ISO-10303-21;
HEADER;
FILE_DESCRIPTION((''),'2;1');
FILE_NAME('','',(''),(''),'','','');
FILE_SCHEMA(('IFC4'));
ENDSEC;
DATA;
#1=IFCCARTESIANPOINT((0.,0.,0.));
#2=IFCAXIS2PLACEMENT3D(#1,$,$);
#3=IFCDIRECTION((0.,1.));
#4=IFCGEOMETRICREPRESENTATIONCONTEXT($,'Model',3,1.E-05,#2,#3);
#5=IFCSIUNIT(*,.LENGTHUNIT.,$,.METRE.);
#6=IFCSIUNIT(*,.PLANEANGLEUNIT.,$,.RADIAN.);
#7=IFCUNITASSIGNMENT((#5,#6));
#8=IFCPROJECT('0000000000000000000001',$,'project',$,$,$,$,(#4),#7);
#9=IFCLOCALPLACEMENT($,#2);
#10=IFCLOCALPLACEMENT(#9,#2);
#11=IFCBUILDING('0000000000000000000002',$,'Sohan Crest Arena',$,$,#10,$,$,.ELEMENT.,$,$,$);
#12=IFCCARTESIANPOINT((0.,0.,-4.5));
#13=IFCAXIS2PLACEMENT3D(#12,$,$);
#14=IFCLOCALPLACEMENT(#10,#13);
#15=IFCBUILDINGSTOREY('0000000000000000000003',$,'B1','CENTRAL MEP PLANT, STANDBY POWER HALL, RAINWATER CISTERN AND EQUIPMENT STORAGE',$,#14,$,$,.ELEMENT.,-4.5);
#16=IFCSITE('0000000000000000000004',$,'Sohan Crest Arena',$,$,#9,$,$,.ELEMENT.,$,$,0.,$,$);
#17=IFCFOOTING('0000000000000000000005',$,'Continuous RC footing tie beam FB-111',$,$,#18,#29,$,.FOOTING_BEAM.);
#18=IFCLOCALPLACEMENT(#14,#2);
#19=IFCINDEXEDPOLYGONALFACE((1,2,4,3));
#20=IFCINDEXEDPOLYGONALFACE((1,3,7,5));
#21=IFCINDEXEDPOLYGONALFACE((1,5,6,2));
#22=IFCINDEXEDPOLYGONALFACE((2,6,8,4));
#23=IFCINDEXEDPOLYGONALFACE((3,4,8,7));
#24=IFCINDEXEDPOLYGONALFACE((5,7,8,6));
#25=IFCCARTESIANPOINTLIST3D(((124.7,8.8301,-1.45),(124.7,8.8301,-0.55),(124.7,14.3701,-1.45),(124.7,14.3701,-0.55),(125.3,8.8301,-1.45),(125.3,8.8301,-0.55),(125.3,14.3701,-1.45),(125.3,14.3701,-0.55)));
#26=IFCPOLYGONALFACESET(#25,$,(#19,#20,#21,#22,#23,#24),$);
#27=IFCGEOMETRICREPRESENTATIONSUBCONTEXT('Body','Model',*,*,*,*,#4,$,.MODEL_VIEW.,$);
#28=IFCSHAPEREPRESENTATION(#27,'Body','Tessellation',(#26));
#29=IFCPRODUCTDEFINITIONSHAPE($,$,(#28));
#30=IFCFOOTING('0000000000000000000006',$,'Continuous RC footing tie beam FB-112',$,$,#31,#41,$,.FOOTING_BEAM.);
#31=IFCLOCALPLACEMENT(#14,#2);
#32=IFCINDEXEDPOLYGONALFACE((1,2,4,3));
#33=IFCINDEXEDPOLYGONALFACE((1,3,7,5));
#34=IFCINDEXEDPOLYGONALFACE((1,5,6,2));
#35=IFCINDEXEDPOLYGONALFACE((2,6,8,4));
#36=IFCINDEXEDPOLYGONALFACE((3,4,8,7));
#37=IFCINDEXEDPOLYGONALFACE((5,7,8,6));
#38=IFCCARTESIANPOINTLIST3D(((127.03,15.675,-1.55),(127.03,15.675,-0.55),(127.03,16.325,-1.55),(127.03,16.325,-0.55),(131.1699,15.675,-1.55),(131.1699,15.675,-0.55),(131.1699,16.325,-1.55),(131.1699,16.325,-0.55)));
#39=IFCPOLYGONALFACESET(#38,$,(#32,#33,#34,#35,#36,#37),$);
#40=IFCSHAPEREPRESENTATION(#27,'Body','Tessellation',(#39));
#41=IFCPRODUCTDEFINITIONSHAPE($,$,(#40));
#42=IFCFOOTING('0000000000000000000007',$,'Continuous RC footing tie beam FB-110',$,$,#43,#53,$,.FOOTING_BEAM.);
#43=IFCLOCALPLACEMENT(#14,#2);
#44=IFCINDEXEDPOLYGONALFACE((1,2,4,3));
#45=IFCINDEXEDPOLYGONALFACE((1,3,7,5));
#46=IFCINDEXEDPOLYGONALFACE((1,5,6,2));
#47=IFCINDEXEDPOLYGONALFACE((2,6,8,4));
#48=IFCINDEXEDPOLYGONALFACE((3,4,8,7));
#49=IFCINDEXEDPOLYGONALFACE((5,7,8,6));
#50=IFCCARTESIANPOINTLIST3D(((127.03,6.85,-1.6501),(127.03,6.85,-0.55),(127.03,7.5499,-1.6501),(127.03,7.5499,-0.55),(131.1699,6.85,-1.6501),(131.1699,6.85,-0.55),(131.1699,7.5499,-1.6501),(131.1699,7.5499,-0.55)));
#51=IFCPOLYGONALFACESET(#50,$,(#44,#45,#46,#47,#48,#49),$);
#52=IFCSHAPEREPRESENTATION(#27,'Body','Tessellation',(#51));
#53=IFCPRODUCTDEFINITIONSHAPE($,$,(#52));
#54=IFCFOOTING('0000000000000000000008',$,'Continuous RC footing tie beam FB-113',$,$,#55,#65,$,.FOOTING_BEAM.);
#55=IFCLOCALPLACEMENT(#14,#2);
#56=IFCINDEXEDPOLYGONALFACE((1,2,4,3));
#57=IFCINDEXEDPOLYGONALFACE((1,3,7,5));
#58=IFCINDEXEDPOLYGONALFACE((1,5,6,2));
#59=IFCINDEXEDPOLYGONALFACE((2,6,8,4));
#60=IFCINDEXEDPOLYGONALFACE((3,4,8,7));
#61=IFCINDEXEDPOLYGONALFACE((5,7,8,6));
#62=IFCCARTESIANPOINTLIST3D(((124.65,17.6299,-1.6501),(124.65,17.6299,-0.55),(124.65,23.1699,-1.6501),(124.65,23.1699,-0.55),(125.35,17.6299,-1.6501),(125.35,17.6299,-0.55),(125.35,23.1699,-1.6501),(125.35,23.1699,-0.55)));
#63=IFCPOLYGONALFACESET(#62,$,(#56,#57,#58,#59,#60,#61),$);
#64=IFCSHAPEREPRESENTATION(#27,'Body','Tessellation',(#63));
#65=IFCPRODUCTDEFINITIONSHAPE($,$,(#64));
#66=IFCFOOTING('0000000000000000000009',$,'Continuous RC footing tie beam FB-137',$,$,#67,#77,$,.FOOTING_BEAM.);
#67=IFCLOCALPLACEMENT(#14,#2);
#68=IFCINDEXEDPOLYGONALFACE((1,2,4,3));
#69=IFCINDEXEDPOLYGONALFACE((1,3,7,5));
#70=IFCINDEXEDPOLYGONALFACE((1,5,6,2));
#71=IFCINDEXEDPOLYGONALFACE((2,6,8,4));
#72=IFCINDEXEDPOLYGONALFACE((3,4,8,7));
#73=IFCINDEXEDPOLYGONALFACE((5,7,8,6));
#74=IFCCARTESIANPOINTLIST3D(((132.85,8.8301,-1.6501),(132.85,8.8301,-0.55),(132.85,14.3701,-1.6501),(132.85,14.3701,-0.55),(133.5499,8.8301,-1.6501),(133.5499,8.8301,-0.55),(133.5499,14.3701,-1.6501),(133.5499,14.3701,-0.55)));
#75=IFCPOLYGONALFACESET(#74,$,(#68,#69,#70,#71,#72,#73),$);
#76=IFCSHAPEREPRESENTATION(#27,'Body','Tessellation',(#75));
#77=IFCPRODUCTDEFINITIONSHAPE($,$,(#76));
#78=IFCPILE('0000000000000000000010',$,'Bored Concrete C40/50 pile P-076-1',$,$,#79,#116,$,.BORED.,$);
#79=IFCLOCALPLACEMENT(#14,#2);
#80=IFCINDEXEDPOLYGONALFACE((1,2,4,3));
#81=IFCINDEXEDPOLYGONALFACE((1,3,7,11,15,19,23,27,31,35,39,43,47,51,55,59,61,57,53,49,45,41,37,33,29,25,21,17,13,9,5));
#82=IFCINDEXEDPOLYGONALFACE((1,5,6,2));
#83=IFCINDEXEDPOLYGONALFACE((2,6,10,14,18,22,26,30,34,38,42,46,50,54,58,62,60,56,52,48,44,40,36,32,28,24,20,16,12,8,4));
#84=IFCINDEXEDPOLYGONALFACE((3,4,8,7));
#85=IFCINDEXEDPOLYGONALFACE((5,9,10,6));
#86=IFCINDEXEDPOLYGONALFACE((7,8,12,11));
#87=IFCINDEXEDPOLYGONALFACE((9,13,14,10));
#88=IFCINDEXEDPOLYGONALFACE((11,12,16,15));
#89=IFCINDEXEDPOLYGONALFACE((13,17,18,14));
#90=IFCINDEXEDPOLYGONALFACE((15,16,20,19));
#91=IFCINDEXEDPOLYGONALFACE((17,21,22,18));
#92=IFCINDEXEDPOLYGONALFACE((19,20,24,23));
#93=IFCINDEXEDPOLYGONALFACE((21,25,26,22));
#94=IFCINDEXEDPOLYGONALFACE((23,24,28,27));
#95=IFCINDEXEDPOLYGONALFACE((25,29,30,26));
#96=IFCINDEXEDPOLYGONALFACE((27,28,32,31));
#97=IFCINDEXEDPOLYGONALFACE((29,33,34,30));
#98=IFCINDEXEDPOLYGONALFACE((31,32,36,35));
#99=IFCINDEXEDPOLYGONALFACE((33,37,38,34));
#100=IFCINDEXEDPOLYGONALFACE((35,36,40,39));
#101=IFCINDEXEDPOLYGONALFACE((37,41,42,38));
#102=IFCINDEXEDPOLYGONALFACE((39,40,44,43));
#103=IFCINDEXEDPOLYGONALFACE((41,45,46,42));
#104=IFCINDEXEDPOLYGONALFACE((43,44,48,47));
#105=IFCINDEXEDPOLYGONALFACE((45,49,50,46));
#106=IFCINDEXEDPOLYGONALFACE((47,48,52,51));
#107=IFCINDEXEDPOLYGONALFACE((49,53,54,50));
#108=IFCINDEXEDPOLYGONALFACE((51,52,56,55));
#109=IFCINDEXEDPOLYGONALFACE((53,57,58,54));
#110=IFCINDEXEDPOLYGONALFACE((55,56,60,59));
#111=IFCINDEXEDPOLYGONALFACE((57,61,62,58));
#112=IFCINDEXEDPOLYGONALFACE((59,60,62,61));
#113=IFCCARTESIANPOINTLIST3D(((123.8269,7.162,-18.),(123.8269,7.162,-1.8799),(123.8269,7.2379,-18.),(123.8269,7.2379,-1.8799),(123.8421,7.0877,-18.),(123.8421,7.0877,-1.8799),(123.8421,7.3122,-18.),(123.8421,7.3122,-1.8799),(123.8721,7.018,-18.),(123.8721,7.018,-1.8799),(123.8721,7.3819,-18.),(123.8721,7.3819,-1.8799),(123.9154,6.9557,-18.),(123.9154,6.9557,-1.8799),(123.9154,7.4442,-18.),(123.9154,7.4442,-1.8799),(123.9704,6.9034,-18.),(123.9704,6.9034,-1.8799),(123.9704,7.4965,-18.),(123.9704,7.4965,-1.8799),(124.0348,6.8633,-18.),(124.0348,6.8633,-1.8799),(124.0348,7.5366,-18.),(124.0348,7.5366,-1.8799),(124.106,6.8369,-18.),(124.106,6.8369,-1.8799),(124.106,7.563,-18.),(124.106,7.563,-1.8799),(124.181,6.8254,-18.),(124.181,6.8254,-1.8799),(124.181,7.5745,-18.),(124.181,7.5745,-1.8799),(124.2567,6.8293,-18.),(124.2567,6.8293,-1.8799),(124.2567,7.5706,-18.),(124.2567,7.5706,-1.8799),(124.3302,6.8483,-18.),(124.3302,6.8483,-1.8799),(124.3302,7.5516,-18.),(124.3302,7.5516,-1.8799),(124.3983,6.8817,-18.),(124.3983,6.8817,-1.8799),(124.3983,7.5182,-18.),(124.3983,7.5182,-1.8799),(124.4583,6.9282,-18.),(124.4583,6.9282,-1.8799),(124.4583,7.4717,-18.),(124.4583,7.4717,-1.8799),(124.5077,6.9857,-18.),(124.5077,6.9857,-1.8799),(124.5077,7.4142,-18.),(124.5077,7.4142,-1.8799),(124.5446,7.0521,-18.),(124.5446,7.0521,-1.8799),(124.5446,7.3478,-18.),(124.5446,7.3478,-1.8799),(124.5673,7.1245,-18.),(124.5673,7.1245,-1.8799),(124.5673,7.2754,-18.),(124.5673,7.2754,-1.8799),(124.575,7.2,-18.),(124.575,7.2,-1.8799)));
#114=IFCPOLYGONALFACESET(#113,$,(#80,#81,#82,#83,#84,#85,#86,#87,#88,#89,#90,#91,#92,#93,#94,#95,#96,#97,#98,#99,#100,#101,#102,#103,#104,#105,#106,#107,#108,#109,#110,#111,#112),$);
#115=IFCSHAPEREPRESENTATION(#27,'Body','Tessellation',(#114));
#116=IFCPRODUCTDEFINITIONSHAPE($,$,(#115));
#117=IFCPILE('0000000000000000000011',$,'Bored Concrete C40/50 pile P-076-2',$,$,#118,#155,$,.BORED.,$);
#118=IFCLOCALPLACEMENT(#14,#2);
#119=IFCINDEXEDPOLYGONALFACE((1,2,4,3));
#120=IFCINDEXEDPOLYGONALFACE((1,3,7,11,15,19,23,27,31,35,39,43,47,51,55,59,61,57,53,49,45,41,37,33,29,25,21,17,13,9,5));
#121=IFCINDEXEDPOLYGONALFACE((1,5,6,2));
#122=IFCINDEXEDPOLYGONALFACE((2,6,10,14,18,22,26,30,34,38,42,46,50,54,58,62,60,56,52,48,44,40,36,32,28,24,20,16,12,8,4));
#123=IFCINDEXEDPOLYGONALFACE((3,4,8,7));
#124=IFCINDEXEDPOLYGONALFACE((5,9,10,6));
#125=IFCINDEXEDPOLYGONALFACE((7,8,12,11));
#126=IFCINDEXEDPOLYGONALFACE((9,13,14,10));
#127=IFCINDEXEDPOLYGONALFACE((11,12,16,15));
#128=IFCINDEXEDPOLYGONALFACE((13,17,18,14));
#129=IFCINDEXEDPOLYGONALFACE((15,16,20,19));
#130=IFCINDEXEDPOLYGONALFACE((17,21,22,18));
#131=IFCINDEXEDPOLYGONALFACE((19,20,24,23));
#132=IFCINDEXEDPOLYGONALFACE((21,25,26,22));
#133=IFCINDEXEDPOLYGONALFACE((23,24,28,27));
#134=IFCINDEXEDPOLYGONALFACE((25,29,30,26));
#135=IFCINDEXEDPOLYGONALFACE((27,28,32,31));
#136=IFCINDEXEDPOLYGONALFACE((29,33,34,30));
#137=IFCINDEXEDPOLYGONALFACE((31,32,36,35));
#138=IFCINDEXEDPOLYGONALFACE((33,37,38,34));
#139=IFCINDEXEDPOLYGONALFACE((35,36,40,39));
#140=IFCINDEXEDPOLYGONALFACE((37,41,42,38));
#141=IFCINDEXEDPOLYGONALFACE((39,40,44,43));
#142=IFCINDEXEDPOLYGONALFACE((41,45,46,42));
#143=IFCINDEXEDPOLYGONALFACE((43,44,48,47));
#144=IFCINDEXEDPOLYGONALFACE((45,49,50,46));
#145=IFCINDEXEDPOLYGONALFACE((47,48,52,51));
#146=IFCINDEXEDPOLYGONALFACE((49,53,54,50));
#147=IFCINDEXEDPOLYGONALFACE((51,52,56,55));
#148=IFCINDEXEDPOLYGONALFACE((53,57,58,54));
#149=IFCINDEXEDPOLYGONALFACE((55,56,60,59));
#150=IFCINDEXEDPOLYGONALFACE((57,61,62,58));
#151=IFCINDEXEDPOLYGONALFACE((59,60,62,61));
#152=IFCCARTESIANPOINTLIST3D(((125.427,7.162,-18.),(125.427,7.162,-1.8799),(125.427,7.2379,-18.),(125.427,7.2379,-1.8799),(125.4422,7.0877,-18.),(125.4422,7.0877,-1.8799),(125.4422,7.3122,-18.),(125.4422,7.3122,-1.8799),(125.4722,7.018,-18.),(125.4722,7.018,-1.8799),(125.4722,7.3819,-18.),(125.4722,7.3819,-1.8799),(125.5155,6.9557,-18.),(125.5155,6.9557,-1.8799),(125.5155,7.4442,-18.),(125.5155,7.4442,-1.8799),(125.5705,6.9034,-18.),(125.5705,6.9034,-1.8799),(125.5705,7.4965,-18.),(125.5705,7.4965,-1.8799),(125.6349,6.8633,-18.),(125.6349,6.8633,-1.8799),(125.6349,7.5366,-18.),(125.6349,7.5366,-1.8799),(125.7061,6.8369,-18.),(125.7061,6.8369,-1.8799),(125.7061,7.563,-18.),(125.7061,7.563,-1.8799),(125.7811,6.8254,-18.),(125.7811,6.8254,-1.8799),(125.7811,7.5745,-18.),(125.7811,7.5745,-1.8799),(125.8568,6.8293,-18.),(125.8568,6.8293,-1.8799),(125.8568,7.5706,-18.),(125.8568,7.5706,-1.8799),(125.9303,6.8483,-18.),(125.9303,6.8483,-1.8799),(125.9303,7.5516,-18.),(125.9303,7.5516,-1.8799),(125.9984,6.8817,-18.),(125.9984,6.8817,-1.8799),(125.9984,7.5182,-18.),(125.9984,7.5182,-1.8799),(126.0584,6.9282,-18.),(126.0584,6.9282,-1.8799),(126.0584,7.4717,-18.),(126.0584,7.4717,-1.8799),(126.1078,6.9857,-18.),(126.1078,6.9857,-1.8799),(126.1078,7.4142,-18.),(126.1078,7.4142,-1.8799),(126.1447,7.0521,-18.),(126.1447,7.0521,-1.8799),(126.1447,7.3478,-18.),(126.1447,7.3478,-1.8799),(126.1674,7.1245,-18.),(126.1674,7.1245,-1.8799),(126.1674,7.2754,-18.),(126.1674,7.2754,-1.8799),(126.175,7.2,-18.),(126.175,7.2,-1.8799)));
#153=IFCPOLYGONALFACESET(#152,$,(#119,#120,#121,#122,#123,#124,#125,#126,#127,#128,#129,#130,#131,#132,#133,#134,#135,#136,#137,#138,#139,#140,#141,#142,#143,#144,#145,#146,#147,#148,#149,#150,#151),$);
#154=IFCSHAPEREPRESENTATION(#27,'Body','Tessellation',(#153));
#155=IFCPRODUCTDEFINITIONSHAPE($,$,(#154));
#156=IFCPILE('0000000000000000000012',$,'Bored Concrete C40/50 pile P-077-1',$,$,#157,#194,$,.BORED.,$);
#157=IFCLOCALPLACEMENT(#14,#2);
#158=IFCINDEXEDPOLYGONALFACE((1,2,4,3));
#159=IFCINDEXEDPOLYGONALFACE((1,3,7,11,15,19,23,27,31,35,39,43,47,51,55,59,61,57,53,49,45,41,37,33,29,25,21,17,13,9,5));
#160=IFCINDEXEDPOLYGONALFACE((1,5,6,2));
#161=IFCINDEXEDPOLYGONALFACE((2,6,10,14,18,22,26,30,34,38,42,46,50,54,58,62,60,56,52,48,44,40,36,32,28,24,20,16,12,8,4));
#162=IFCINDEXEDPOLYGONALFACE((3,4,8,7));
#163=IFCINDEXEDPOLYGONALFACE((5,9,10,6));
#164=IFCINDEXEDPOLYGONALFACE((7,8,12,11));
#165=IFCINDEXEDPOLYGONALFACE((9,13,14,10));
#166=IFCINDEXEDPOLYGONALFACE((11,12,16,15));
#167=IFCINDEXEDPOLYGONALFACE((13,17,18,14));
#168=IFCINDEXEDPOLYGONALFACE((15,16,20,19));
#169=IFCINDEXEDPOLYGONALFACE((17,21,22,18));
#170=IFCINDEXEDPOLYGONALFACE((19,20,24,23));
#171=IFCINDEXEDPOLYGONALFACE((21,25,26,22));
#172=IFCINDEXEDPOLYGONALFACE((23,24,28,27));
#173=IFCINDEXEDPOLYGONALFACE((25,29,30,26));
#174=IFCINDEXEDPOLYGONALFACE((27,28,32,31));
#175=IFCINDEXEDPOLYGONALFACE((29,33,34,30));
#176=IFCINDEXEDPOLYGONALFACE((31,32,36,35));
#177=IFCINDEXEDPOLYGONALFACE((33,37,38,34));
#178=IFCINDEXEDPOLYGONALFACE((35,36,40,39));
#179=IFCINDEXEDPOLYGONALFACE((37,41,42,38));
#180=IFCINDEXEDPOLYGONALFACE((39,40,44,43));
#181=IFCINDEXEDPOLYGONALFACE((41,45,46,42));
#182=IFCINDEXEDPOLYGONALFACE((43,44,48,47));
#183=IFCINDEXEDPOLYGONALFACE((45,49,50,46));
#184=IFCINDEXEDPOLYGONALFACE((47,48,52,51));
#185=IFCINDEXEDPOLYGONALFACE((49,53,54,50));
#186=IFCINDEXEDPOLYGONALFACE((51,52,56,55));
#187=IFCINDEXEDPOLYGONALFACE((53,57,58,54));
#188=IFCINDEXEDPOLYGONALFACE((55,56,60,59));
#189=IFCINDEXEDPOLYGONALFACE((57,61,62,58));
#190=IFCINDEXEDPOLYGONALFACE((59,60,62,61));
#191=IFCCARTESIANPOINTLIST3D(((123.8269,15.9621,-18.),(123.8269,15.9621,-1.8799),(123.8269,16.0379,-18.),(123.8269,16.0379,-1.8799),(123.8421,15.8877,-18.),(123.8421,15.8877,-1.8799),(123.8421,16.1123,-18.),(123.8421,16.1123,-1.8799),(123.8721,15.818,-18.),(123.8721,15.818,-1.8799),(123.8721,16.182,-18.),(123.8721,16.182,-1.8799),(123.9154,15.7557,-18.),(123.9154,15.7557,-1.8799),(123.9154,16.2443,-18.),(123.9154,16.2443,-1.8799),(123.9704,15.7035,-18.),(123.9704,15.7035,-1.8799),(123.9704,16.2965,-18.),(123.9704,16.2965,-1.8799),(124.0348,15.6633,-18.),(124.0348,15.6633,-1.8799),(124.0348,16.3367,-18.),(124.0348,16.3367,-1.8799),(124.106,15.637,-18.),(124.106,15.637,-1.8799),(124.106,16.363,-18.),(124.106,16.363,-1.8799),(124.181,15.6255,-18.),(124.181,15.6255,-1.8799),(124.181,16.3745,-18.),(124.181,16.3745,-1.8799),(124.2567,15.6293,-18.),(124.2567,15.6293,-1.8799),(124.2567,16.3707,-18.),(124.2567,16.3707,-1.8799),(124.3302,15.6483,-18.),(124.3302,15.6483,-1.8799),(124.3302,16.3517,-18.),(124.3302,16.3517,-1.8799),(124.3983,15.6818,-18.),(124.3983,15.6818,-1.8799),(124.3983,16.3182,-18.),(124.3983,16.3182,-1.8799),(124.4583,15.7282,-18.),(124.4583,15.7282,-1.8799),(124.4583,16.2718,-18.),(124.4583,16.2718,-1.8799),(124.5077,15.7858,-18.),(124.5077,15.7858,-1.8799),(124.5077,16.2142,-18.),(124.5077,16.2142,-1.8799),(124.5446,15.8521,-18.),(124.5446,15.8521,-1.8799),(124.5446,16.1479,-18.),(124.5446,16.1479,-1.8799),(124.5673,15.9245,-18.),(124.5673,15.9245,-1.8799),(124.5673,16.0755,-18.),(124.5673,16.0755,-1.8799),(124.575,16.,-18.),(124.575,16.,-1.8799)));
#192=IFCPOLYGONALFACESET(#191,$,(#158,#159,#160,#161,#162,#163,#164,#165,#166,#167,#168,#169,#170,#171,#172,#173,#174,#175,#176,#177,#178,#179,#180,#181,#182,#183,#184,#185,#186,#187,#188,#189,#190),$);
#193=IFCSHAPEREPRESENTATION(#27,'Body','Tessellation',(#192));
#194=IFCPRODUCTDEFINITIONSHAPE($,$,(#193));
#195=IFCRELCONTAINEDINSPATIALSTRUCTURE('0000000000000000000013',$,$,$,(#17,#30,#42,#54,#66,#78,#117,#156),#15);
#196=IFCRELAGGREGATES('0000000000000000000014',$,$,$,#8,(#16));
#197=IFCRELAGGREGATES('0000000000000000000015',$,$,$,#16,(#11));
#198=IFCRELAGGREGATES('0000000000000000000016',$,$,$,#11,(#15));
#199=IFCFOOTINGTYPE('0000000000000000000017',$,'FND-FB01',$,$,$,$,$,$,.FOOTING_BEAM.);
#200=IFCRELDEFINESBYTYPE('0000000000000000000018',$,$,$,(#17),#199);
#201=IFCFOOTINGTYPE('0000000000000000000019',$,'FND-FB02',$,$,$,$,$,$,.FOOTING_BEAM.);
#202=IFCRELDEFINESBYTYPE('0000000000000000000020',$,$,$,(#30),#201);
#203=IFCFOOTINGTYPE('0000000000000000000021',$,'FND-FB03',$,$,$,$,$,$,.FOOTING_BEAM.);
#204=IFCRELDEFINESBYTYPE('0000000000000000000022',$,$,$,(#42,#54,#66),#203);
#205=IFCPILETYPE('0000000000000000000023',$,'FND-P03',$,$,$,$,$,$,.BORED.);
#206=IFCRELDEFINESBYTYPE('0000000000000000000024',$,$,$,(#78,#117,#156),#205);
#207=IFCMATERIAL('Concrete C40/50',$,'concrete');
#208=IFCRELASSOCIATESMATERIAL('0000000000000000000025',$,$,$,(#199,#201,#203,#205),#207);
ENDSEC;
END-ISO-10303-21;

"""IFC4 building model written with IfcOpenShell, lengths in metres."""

from ifc_helpers import new_model, si_unit, direction, frame, origin, origin_2d, place, context, subcontext, project, spatial, rectangle, circle, extrude, material, material_profile, profile_set, type_object, element, save


model = new_model("IFC4")

# Units and contexts
model_context = context("Model", 3, precision=1e-05, world=origin(), true_north=direction((0.0, 1.0)))
body_context = subcontext(model_context, "Body", "Model", "MODEL_VIEW")
ifc_project = project(units=[si_unit("LENGTHUNIT", "METRE"), si_unit("PLANEANGLEUNIT", "RADIAN")], contexts=[model_context])

# Site, building, storey
site_placement = place(None, origin())
site = spatial("IfcSite", under=ifc_project, at=site_placement, Name="Sohan Crest Arena", CompositionType="ELEMENT", RefElevation=0.0)
building_placement = place(site_placement, origin())
building = spatial("IfcBuilding", under=site, at=building_placement, Name="Sohan Crest Arena", CompositionType="ELEMENT")
storey_placement = place(building_placement, frame((0.0, 0.0, -4.5)))
storey = spatial("IfcBuildingStorey", under=building, at=storey_placement, Name="B1", Description="CENTRAL MEP PLANT, STANDBY POWER HALL, RAINWATER CISTERN AND EQUIPMENT STORAGE", CompositionType="ELEMENT", Elevation=-4.5)

# Footings
ifc_material_1 = material(Name="Concrete C40/50", Category="concrete")
ifc_material_profile_1 = material_profile(ifc_material_1, rectangle(XDim=0.6001, YDim=0.8999, at=origin_2d()), Name="RC-FB 600x900")
ifc_profile_set_1 = profile_set([ifc_material_profile_1], Name="Concrete C40/50")
footing_type_1 = type_object("IfcFootingType", Name="FND-FB01", PredefinedType="FOOTING_BEAM", material=ifc_profile_set_1)
footing_1_placement = place(storey_placement, frame((125.0, 8.8301, -1.0), z_axis=(0.0, 1.0, 0.0), x_axis=(-1.0, 0.0, 0.0)))
element("IfcFooting", 1, at=footing_1_placement, inside=storey, type_object=footing_type_1, Name="Continuous RC footing tie beam FB-111", PredefinedType="FOOTING_BEAM", context=body_context, shape_type="SweptSolid", body=[
    extrude(rectangle(XDim=0.6001, YDim=0.8999, at=origin_2d()), origin(), (0.0, 0.0, 1.0), 5.54),
])
ifc_material_profile_2 = material_profile(ifc_material_1, rectangle(XDim=0.6499, YDim=1.0, at=origin_2d()), Name="RC-FB 650x1000")
ifc_profile_set_2 = profile_set([ifc_material_profile_2], Name="Concrete C40/50")
footing_type_2 = type_object("IfcFootingType", Name="FND-FB02", PredefinedType="FOOTING_BEAM", material=ifc_profile_set_2)
footing_2_placement = place(storey_placement, frame((127.03, 16.0, -1.05), z_axis=(1.0, 0.0, 0.0), x_axis=(0.0, 1.0, 0.0)))
element("IfcFooting", 2, at=footing_2_placement, inside=storey, type_object=footing_type_2, Name="Continuous RC footing tie beam FB-112", PredefinedType="FOOTING_BEAM", context=body_context, shape_type="SweptSolid", body=[
    extrude(rectangle(XDim=0.6499, YDim=1.0, at=origin_2d()), origin(), (0.0, 0.0, 1.0), 4.1399),
])
ifc_material_profile_3 = material_profile(ifc_material_1, rectangle(XDim=0.7, YDim=1.1001, at=origin_2d()), Name="RC-FB 700x1100")
ifc_profile_set_3 = profile_set([ifc_material_profile_3], Name="Concrete C40/50")
footing_type_3 = type_object("IfcFootingType", Name="FND-FB03", PredefinedType="FOOTING_BEAM", material=ifc_profile_set_3)
footing_3_placement = place(storey_placement, frame((127.03, 7.2, -1.1001), z_axis=(1.0, 0.0, 0.0), x_axis=(0.0, 1.0, 0.0)))
element("IfcFooting", 3, at=footing_3_placement, inside=storey, type_object=footing_type_3, Name="Continuous RC footing tie beam FB-110", PredefinedType="FOOTING_BEAM", context=body_context, shape_type="SweptSolid", body=[
    extrude(rectangle(XDim=0.7, YDim=1.1001, at=origin_2d()), origin(), (0.0, 0.0, 1.0), 4.1399),
])
for number, where, z_axis, x_axis, name in (
    (4, (125.0, 17.6299, -1.1001), (0.0, 1.0, 0.0), (-1.0, 0.0, 0.0), "Continuous RC footing tie beam FB-113"),
    (5, (133.2, 8.8301, -1.1001), (0.0, 1.0, 0.0), (-1.0, 0.0, 0.0), "Continuous RC footing tie beam FB-137"),
):
    element("IfcFooting", number, at=place(storey_placement, frame(where, z_axis=z_axis, x_axis=x_axis)), inside=storey, type_object=footing_type_3, Name=name, PredefinedType="FOOTING_BEAM", context=body_context, shape_type="SweptSolid", body=[
        extrude(rectangle(XDim=0.7, YDim=1.1001, at=origin_2d()), origin(), (0.0, 0.0, 1.0), 5.54),
    ])

# Piles
ifc_material_profile_4 = material_profile(ifc_material_1, circle(Radius=0.375, at=origin_2d()), Name="PILE D750")
ifc_profile_set_4 = profile_set([ifc_material_profile_4], Name="Concrete C40/50")
pile_type = type_object("IfcPileType", Name="FND-P03", PredefinedType="BORED", material=ifc_profile_set_4)
for number, where, z_axis, x_axis, name in (
    (6, (124.2, 7.2, -18.0), (0.0, 0.0, 1.0), (1.0, 0.0, 0.0), "Bored Concrete C40/50 pile P-076-1"),
    (7, (125.8, 7.2, -18.0), (0.0, 0.0, 1.0), (1.0, 0.0, 0.0), "Bored Concrete C40/50 pile P-076-2"),
    (8, (124.2, 16.0, -18.0), (0.0, 0.0, 1.0), (1.0, 0.0, 0.0), "Bored Concrete C40/50 pile P-077-1"),
):
    element("IfcPile", number, at=place(storey_placement, frame(where, z_axis=z_axis, x_axis=x_axis)), inside=storey, type_object=pile_type, Name=name, PredefinedType="BORED", context=body_context, shape_type="SweptSolid", body=[
        extrude(circle(Radius=0.375, at=origin_2d()), origin(), (0.0, 0.0, 1.0), 16.1201),
    ])

save(model, "model.ifc")
